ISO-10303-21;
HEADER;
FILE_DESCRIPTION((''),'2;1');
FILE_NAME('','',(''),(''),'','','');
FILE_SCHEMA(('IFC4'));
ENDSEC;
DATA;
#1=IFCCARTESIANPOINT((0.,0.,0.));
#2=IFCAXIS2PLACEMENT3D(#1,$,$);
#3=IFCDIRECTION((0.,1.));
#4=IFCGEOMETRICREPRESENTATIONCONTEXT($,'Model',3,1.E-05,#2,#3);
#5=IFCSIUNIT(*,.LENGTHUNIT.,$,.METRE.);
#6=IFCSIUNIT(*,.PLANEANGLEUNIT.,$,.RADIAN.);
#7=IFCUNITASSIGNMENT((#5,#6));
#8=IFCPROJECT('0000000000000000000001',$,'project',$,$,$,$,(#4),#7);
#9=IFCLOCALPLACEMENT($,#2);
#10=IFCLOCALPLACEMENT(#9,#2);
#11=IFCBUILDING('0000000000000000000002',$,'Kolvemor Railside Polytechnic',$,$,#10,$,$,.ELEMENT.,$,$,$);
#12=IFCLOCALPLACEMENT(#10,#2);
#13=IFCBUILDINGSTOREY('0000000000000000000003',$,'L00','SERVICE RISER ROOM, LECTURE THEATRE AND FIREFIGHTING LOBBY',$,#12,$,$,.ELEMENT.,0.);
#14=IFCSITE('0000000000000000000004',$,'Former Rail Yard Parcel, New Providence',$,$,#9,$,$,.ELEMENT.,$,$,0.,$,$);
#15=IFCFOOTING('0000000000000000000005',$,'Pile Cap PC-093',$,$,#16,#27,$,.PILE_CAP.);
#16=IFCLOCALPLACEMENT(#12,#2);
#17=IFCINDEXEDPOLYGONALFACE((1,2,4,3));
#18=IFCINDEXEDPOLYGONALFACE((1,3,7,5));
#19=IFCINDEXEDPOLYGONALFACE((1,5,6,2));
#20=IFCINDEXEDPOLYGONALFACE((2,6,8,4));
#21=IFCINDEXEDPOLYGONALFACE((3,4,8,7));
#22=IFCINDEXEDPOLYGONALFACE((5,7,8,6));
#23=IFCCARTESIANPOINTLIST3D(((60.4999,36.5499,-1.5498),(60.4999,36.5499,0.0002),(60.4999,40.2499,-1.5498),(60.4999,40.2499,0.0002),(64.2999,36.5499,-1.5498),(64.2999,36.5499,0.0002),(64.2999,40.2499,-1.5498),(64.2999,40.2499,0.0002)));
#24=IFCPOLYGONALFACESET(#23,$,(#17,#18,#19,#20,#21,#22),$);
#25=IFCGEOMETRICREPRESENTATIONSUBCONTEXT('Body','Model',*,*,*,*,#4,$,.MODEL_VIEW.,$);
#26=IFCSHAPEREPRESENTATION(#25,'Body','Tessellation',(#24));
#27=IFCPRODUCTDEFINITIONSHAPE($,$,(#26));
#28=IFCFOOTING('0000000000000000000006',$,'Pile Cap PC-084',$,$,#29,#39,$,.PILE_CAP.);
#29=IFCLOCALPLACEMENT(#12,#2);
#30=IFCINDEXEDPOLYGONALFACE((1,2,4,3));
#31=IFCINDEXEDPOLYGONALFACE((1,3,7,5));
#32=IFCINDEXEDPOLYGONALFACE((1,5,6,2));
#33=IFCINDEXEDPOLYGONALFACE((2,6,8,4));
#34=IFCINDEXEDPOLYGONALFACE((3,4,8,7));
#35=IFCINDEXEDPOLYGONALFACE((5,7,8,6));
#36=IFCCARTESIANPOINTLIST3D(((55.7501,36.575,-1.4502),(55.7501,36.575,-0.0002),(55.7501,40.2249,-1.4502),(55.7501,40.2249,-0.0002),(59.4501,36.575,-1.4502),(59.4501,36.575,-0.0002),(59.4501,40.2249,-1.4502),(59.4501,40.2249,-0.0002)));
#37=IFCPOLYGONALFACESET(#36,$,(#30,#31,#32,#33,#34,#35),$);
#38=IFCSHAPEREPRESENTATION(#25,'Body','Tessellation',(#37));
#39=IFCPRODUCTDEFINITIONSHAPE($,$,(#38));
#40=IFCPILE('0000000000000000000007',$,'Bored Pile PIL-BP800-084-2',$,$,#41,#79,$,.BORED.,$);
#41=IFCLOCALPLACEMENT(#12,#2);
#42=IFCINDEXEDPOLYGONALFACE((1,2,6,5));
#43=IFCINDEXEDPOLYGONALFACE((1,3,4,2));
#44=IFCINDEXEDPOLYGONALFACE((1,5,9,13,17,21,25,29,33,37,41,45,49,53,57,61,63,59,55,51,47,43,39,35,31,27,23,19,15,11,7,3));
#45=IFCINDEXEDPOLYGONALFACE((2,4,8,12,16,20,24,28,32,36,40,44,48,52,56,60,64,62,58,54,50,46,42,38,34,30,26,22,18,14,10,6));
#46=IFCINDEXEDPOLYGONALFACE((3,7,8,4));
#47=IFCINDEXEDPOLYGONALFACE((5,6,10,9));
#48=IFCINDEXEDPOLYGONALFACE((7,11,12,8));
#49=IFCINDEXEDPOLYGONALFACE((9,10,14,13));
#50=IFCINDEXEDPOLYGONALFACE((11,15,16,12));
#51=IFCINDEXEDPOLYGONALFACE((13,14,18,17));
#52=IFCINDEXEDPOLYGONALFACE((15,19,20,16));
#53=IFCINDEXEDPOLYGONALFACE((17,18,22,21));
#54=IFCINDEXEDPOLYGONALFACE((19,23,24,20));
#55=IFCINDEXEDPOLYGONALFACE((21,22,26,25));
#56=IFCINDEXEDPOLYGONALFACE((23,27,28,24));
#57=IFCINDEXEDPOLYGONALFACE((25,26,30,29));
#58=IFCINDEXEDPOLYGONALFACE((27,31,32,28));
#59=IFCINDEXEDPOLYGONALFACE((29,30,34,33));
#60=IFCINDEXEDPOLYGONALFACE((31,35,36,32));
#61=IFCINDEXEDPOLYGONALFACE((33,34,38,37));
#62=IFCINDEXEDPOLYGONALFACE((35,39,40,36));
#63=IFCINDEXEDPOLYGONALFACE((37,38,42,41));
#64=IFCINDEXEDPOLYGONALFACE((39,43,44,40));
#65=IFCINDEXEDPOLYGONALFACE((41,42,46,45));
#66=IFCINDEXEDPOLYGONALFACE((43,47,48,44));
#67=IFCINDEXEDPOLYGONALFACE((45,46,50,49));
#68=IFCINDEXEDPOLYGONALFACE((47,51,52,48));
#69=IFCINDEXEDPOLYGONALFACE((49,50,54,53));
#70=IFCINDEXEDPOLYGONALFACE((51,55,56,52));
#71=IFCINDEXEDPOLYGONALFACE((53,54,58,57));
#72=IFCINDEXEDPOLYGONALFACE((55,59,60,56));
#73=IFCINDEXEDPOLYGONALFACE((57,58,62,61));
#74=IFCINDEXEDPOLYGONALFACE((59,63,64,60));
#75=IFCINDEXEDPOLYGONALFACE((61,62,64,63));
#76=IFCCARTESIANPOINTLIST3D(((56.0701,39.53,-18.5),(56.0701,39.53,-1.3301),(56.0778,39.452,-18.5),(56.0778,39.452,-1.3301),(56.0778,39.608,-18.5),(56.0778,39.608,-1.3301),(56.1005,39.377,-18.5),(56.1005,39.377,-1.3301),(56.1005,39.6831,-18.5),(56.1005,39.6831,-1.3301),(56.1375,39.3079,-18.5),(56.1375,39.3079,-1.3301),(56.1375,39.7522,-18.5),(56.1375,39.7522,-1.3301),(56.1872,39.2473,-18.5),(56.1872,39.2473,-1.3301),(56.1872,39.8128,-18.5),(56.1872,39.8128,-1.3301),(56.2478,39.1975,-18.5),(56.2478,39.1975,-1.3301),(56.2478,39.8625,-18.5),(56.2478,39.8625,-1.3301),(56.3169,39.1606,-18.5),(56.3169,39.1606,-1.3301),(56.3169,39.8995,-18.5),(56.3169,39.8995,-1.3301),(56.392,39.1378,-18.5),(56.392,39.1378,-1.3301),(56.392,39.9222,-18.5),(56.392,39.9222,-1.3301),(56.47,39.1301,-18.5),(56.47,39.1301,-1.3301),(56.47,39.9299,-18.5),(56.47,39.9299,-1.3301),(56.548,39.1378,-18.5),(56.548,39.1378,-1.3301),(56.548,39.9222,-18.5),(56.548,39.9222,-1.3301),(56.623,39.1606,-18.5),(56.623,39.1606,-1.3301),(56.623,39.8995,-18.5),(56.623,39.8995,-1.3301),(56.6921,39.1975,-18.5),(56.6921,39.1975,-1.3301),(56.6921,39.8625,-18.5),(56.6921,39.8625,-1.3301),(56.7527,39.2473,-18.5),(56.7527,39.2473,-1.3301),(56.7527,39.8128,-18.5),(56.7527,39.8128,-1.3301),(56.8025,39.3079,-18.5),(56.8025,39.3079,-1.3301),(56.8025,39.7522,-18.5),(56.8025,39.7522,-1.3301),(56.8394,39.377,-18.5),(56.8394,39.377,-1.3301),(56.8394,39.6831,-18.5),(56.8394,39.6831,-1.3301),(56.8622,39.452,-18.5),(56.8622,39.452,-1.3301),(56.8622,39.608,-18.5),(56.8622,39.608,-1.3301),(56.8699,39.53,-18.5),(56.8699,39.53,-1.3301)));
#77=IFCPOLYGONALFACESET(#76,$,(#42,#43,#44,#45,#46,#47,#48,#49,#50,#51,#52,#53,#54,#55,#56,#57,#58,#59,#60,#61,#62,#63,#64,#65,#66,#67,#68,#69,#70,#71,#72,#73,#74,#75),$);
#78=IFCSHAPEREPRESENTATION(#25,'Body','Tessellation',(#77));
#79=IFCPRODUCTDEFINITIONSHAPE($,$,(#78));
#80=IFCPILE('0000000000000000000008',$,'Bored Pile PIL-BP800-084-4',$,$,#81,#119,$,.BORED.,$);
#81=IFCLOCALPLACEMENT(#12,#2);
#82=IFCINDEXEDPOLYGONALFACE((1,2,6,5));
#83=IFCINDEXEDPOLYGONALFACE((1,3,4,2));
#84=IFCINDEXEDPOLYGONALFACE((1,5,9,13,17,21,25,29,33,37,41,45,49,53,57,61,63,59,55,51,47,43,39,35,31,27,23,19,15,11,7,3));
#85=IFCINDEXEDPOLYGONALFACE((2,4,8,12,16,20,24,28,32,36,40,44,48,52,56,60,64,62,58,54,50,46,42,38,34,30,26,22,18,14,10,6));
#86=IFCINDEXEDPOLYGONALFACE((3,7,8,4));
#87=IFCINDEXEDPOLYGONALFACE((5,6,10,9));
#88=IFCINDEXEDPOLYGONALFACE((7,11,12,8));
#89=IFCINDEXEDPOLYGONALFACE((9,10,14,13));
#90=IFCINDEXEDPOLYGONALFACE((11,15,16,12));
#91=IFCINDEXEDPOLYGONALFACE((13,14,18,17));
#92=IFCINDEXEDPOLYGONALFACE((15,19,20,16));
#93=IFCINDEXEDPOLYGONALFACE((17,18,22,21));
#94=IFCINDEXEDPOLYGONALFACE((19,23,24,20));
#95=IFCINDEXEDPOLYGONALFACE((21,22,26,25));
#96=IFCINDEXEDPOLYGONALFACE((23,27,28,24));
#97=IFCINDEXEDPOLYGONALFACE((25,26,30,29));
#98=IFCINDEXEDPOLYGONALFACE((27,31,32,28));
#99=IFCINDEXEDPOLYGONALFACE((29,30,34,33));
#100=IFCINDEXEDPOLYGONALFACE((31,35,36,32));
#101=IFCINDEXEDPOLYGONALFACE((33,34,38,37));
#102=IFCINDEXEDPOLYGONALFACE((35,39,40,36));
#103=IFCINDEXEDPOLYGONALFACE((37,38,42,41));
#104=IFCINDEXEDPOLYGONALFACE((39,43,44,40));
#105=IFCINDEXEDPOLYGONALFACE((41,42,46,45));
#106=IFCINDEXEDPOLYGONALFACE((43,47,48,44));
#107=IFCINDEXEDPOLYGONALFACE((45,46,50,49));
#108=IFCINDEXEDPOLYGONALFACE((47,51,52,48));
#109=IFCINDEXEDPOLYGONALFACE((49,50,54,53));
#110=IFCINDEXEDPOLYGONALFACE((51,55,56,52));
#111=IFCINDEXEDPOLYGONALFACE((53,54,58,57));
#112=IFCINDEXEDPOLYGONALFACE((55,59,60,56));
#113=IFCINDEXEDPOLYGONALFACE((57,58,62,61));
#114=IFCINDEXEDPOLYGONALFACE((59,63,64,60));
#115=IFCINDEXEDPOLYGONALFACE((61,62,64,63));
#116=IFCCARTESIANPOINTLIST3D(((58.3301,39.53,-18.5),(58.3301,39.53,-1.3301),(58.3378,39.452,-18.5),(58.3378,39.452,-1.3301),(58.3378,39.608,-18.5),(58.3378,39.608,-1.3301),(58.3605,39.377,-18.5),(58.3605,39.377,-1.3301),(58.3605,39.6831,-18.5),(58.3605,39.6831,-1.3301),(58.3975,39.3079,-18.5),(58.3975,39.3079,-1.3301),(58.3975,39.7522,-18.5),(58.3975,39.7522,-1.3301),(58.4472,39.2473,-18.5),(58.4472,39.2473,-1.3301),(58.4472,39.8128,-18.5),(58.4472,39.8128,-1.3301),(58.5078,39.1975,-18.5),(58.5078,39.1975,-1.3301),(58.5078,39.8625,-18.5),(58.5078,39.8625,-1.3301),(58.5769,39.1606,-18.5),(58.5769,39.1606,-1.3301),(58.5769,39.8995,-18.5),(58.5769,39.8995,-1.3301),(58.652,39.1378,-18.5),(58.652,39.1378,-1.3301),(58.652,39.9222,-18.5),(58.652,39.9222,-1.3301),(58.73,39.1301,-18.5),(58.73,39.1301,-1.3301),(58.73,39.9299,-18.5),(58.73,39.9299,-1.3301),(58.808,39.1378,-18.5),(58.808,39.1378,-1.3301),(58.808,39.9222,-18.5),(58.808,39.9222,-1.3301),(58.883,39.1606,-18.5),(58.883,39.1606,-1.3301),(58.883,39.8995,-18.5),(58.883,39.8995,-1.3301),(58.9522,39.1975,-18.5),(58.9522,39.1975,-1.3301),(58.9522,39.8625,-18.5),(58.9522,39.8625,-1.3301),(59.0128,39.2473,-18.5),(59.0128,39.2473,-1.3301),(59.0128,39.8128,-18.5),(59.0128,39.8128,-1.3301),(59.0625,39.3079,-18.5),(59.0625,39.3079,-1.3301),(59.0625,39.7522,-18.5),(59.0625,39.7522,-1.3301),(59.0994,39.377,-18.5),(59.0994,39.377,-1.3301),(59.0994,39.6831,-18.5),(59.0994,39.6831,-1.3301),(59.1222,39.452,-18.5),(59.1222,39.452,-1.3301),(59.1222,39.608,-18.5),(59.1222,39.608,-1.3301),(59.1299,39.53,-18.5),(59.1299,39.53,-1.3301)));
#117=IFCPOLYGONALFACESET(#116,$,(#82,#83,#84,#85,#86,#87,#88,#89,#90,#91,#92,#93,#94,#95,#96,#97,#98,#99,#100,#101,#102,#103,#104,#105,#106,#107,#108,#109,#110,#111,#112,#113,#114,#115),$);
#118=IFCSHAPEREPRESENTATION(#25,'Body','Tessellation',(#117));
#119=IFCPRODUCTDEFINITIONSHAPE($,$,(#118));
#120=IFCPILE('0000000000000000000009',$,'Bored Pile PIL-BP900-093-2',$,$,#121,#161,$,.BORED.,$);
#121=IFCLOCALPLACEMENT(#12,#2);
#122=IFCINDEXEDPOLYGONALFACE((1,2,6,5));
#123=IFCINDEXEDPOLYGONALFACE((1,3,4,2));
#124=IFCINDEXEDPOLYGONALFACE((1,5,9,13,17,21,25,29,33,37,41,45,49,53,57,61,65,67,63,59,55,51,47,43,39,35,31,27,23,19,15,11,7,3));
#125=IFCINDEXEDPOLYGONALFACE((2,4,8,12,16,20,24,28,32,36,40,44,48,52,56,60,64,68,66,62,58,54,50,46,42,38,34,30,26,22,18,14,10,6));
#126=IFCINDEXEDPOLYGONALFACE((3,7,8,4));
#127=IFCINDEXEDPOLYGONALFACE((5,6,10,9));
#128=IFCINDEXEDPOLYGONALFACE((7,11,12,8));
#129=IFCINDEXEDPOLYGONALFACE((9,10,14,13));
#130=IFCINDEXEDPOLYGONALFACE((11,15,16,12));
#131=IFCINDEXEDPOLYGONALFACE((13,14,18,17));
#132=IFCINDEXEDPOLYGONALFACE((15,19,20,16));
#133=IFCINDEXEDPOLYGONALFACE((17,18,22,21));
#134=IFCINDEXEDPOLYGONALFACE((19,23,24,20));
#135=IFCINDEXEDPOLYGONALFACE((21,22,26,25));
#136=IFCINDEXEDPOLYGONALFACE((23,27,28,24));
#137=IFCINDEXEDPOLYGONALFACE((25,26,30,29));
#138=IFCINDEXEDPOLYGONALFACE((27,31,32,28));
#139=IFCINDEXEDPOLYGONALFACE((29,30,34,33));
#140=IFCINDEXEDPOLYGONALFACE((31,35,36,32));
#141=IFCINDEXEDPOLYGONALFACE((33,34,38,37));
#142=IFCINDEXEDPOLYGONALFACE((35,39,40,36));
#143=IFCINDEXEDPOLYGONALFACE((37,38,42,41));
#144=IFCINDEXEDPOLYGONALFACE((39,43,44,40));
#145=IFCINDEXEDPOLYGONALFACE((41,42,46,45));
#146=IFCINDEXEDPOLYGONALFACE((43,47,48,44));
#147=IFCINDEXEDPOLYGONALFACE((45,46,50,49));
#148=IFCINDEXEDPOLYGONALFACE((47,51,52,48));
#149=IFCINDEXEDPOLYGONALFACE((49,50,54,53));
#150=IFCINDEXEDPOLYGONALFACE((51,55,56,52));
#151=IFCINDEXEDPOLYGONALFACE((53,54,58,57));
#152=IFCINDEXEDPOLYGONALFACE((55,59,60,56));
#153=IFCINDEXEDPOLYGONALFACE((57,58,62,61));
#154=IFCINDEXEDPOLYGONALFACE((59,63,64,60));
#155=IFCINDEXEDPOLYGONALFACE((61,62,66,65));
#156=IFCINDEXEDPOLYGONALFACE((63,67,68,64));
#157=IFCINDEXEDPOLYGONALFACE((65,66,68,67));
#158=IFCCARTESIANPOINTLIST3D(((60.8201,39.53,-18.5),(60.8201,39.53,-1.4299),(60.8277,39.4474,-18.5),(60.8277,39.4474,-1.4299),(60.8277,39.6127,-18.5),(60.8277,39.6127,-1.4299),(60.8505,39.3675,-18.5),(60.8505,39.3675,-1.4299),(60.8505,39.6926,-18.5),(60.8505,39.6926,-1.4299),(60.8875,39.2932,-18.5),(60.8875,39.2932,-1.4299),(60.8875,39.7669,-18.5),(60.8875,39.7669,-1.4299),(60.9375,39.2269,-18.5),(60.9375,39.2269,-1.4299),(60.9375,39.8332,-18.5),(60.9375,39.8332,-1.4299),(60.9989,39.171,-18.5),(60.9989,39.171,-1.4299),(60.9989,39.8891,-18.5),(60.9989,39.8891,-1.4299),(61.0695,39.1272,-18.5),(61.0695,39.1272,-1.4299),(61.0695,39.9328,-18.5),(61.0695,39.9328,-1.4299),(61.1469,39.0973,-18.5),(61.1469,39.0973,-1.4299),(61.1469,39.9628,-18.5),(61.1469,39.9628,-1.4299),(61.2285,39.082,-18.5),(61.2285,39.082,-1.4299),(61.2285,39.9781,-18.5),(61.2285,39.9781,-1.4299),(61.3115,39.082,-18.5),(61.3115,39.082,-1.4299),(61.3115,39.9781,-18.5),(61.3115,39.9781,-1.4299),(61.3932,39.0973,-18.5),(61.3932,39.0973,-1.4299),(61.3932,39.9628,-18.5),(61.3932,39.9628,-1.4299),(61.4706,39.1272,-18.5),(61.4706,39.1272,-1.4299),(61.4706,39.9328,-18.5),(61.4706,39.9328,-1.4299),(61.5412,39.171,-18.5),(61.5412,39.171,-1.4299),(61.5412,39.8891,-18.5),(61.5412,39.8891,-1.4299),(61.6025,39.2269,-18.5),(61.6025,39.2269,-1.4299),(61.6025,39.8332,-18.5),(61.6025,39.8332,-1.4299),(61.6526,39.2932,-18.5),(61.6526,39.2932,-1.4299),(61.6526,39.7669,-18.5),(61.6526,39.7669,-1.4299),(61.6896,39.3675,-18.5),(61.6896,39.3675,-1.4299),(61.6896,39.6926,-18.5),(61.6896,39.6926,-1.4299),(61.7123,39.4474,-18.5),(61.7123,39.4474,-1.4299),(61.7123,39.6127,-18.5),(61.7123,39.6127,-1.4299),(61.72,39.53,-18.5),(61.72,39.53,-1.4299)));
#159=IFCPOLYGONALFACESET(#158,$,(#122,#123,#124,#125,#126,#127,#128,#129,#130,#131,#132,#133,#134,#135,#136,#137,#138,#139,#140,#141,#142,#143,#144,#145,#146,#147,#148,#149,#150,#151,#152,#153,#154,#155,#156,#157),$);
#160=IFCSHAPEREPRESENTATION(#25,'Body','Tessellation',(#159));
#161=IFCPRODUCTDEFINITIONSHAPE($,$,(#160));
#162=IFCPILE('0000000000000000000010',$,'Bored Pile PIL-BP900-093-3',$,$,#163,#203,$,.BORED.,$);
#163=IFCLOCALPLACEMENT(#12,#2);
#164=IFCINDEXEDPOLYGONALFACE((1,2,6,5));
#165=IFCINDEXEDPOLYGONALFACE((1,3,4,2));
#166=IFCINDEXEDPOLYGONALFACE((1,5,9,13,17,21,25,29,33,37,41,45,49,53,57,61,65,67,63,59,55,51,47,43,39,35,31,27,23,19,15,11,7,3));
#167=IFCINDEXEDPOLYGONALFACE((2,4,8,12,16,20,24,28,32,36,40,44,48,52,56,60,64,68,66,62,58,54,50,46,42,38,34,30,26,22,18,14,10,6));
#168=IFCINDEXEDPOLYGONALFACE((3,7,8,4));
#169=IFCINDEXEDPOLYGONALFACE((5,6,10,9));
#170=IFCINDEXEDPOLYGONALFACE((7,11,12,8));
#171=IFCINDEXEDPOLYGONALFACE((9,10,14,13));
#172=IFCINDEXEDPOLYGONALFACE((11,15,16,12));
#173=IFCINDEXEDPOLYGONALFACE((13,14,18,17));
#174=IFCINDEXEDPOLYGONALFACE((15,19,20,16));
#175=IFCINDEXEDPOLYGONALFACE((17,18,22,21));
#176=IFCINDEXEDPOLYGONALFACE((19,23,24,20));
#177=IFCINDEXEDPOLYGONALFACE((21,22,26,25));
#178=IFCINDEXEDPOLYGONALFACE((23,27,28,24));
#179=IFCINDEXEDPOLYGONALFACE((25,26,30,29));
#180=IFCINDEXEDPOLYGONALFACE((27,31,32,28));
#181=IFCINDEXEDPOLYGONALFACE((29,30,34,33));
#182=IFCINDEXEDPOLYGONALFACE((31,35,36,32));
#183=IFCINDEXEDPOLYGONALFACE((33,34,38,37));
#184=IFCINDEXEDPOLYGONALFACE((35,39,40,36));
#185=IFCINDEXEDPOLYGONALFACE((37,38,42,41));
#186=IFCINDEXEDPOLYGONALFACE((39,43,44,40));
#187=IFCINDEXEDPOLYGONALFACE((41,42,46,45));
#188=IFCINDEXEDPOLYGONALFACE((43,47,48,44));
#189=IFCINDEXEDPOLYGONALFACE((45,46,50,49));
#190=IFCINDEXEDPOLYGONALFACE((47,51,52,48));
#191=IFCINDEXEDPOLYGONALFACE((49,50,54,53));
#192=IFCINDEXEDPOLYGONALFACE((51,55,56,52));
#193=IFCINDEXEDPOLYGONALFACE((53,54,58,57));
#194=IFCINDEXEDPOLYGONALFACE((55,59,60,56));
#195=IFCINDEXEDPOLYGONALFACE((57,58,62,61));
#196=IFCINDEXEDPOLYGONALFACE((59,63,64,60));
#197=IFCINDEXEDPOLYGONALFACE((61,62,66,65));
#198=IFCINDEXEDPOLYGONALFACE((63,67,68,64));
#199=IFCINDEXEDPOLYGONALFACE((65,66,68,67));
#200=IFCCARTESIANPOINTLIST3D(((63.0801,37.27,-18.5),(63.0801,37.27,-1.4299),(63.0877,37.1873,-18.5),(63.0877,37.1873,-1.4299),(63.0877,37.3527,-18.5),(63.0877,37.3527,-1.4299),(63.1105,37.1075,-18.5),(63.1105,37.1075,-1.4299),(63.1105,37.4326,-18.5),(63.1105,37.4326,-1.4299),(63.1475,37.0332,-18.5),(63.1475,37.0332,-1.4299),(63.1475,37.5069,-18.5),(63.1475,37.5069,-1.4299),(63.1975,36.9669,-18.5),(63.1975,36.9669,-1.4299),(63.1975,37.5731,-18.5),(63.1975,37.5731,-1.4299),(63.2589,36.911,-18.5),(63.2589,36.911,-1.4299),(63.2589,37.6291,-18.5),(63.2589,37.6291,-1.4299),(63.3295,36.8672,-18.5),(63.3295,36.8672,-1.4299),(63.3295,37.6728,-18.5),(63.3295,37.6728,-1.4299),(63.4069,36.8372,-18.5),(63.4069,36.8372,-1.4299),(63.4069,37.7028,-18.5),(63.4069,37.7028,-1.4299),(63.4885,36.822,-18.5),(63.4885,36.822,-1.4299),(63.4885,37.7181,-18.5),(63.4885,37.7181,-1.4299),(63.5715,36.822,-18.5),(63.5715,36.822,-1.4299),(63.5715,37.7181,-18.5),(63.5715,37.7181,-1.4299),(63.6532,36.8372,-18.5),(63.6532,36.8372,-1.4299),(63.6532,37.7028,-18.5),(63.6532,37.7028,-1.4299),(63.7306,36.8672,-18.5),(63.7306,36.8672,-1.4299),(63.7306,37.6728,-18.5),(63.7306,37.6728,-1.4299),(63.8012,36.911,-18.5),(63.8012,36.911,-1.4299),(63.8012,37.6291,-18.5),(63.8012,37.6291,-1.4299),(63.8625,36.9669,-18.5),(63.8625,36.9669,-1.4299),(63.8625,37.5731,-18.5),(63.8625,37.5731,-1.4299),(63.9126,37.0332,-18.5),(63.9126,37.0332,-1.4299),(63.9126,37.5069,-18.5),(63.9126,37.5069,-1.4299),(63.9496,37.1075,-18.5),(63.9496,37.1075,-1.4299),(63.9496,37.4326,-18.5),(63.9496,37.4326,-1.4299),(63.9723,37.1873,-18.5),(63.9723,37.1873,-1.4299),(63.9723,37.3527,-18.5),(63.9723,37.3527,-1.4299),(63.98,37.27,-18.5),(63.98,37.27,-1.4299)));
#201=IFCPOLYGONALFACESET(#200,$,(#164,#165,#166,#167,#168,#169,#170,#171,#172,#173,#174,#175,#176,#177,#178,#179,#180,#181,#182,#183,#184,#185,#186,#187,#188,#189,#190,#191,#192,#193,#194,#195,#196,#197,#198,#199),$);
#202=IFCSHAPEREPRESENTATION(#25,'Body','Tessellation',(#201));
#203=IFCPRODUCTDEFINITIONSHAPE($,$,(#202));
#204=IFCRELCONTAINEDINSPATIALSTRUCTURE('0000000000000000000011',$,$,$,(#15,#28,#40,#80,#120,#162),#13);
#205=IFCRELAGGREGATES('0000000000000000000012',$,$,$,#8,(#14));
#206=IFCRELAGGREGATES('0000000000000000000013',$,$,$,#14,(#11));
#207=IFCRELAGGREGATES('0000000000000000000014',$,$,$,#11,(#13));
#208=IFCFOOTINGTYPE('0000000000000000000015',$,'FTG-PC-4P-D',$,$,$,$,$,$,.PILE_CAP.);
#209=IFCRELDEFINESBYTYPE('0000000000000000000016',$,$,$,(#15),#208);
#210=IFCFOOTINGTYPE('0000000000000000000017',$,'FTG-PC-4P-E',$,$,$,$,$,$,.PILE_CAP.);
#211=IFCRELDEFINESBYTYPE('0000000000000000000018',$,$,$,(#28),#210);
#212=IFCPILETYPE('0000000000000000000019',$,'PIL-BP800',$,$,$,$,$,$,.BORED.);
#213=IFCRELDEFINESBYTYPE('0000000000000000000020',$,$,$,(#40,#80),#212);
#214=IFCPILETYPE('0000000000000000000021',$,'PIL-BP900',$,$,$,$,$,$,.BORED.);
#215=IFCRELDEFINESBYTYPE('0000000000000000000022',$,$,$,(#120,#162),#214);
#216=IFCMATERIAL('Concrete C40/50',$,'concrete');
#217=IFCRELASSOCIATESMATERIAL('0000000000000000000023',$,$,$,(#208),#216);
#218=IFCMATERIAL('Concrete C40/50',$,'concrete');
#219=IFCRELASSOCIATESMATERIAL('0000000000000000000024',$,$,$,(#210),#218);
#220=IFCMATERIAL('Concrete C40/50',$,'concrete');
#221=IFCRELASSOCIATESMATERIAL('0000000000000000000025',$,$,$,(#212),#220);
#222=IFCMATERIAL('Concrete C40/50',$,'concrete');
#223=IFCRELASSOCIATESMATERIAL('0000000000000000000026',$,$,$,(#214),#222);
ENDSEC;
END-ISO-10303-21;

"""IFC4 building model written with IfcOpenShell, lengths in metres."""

from ifc_helpers import new_model, si_unit, direction, frame, origin, origin_2d, place, context, subcontext, project, spatial, rectangle, circle, extrude, material, material_profile, profile_set, type_object, element, save


model = new_model("IFC4")

# Units and contexts
model_context = context("Model", 3, precision=1e-05, world=origin(), true_north=direction((0.0, 1.0)))
body_context = subcontext(model_context, "Body", "Model", "MODEL_VIEW")
ifc_project = project(units=[si_unit("LENGTHUNIT", "METRE"), si_unit("PLANEANGLEUNIT", "RADIAN")], contexts=[model_context])

# Site, building, storey
site_placement = place(None, origin())
site = spatial("IfcSite", under=ifc_project, at=site_placement, Name="Former Rail Yard Parcel, New Providence", CompositionType="ELEMENT", RefElevation=0.0)
building_placement = place(site_placement, origin())
building = spatial("IfcBuilding", under=site, at=building_placement, Name="Kolvemor Railside Polytechnic", CompositionType="ELEMENT")
storey_placement = place(building_placement, origin())
storey = spatial("IfcBuildingStorey", under=building, at=storey_placement, Name="L00", Description="SERVICE RISER ROOM, LECTURE THEATRE AND FIREFIGHTING LOBBY", CompositionType="ELEMENT", Elevation=0.0)

# Footings
ifc_material_1 = material(Name="Concrete C40/50", Category="concrete")
footing_type_1 = type_object("IfcFootingType", Name="FTG-PC-4P-D", PredefinedType="PILE_CAP", material=ifc_material_1)
footing_1_placement = place(storey_placement, frame((62.3999, 38.3999, -1.5498), z_axis=(0.0, 0.0, 1.0), x_axis=(1.0, 0.0, 0.0)))
element("IfcFooting", 1, at=footing_1_placement, inside=storey, type_object=footing_type_1, Name="Pile Cap PC-093", PredefinedType="PILE_CAP", context=body_context, shape_type="SweptSolid", body=[
    extrude(rectangle(XDim=3.8, YDim=3.7, at=origin_2d()), origin(), (0.0, 0.0, 1.0), 1.55),
])
ifc_material_2 = material(Name="Concrete C40/50", Category="concrete")
footing_type_2 = type_object("IfcFootingType", Name="FTG-PC-4P-E", PredefinedType="PILE_CAP", material=ifc_material_2)
footing_2_placement = place(storey_placement, frame((57.6001, 38.3999, -1.4502), z_axis=(0.0, 0.0, 1.0), x_axis=(1.0, 0.0, 0.0)))
element("IfcFooting", 2, at=footing_2_placement, inside=storey, type_object=footing_type_2, Name="Pile Cap PC-084", PredefinedType="PILE_CAP", context=body_context, shape_type="SweptSolid", body=[
    extrude(rectangle(XDim=3.7, YDim=3.6499, at=origin_2d()), origin(), (0.0, 0.0, 1.0), 1.45),
])

# Piles
ifc_material_3 = material(Name="Concrete C40/50", Category="concrete")
ifc_material_profile_1 = material_profile(ifc_material_3, circle(Radius=0.3999, at=origin_2d()), Name="BP800")
ifc_profile_set_1 = profile_set([ifc_material_profile_1], Name="Concrete C40/50")
pile_type_1 = type_object("IfcPileType", Name="PIL-BP800", PredefinedType="BORED", material=ifc_profile_set_1)
for number, where, z_axis, x_axis, name in (
    (3, (56.47, 39.53, -1.3301), (0.0, 0.0, -1.0), (1.0, 0.0, 0.0), "Bored Pile PIL-BP800-084-2"),
    (4, (58.73, 39.53, -1.3301), (0.0, 0.0, -1.0), (1.0, 0.0, 0.0), "Bored Pile PIL-BP800-084-4"),
):
    element("IfcPile", number, at=place(storey_placement, frame(where, z_axis=z_axis, x_axis=x_axis)), inside=storey, type_object=pile_type_1, Name=name, PredefinedType="BORED", context=body_context, shape_type="SweptSolid", body=[
        extrude(circle(Radius=0.3999, at=origin_2d()), origin(), (0.0, 0.0, 1.0), 17.1699),
    ])
ifc_material_4 = material(Name="Concrete C40/50", Category="concrete")
ifc_material_profile_2 = material_profile(ifc_material_4, circle(Radius=0.45, at=origin_2d()), Name="BP900")
ifc_profile_set_2 = profile_set([ifc_material_profile_2], Name="Concrete C40/50")
pile_type_2 = type_object("IfcPileType", Name="PIL-BP900", PredefinedType="BORED", material=ifc_profile_set_2)
for number, where, z_axis, x_axis, name in (
    (5, (61.27, 39.53, -1.4299), (0.0, 0.0, -1.0), (1.0, 0.0, 0.0), "Bored Pile PIL-BP900-093-2"),
    (6, (63.53, 37.27, -1.4299), (0.0, 0.0, -1.0), (1.0, 0.0, 0.0), "Bored Pile PIL-BP900-093-3"),
):
    element("IfcPile", number, at=place(storey_placement, frame(where, z_axis=z_axis, x_axis=x_axis)), inside=storey, type_object=pile_type_2, Name=name, PredefinedType="BORED", context=body_context, shape_type="SweptSolid", body=[
        extrude(circle(Radius=0.45, at=origin_2d()), origin(), (0.0, 0.0, 1.0), 17.0701),
    ])

save(model, "model.ifc")
